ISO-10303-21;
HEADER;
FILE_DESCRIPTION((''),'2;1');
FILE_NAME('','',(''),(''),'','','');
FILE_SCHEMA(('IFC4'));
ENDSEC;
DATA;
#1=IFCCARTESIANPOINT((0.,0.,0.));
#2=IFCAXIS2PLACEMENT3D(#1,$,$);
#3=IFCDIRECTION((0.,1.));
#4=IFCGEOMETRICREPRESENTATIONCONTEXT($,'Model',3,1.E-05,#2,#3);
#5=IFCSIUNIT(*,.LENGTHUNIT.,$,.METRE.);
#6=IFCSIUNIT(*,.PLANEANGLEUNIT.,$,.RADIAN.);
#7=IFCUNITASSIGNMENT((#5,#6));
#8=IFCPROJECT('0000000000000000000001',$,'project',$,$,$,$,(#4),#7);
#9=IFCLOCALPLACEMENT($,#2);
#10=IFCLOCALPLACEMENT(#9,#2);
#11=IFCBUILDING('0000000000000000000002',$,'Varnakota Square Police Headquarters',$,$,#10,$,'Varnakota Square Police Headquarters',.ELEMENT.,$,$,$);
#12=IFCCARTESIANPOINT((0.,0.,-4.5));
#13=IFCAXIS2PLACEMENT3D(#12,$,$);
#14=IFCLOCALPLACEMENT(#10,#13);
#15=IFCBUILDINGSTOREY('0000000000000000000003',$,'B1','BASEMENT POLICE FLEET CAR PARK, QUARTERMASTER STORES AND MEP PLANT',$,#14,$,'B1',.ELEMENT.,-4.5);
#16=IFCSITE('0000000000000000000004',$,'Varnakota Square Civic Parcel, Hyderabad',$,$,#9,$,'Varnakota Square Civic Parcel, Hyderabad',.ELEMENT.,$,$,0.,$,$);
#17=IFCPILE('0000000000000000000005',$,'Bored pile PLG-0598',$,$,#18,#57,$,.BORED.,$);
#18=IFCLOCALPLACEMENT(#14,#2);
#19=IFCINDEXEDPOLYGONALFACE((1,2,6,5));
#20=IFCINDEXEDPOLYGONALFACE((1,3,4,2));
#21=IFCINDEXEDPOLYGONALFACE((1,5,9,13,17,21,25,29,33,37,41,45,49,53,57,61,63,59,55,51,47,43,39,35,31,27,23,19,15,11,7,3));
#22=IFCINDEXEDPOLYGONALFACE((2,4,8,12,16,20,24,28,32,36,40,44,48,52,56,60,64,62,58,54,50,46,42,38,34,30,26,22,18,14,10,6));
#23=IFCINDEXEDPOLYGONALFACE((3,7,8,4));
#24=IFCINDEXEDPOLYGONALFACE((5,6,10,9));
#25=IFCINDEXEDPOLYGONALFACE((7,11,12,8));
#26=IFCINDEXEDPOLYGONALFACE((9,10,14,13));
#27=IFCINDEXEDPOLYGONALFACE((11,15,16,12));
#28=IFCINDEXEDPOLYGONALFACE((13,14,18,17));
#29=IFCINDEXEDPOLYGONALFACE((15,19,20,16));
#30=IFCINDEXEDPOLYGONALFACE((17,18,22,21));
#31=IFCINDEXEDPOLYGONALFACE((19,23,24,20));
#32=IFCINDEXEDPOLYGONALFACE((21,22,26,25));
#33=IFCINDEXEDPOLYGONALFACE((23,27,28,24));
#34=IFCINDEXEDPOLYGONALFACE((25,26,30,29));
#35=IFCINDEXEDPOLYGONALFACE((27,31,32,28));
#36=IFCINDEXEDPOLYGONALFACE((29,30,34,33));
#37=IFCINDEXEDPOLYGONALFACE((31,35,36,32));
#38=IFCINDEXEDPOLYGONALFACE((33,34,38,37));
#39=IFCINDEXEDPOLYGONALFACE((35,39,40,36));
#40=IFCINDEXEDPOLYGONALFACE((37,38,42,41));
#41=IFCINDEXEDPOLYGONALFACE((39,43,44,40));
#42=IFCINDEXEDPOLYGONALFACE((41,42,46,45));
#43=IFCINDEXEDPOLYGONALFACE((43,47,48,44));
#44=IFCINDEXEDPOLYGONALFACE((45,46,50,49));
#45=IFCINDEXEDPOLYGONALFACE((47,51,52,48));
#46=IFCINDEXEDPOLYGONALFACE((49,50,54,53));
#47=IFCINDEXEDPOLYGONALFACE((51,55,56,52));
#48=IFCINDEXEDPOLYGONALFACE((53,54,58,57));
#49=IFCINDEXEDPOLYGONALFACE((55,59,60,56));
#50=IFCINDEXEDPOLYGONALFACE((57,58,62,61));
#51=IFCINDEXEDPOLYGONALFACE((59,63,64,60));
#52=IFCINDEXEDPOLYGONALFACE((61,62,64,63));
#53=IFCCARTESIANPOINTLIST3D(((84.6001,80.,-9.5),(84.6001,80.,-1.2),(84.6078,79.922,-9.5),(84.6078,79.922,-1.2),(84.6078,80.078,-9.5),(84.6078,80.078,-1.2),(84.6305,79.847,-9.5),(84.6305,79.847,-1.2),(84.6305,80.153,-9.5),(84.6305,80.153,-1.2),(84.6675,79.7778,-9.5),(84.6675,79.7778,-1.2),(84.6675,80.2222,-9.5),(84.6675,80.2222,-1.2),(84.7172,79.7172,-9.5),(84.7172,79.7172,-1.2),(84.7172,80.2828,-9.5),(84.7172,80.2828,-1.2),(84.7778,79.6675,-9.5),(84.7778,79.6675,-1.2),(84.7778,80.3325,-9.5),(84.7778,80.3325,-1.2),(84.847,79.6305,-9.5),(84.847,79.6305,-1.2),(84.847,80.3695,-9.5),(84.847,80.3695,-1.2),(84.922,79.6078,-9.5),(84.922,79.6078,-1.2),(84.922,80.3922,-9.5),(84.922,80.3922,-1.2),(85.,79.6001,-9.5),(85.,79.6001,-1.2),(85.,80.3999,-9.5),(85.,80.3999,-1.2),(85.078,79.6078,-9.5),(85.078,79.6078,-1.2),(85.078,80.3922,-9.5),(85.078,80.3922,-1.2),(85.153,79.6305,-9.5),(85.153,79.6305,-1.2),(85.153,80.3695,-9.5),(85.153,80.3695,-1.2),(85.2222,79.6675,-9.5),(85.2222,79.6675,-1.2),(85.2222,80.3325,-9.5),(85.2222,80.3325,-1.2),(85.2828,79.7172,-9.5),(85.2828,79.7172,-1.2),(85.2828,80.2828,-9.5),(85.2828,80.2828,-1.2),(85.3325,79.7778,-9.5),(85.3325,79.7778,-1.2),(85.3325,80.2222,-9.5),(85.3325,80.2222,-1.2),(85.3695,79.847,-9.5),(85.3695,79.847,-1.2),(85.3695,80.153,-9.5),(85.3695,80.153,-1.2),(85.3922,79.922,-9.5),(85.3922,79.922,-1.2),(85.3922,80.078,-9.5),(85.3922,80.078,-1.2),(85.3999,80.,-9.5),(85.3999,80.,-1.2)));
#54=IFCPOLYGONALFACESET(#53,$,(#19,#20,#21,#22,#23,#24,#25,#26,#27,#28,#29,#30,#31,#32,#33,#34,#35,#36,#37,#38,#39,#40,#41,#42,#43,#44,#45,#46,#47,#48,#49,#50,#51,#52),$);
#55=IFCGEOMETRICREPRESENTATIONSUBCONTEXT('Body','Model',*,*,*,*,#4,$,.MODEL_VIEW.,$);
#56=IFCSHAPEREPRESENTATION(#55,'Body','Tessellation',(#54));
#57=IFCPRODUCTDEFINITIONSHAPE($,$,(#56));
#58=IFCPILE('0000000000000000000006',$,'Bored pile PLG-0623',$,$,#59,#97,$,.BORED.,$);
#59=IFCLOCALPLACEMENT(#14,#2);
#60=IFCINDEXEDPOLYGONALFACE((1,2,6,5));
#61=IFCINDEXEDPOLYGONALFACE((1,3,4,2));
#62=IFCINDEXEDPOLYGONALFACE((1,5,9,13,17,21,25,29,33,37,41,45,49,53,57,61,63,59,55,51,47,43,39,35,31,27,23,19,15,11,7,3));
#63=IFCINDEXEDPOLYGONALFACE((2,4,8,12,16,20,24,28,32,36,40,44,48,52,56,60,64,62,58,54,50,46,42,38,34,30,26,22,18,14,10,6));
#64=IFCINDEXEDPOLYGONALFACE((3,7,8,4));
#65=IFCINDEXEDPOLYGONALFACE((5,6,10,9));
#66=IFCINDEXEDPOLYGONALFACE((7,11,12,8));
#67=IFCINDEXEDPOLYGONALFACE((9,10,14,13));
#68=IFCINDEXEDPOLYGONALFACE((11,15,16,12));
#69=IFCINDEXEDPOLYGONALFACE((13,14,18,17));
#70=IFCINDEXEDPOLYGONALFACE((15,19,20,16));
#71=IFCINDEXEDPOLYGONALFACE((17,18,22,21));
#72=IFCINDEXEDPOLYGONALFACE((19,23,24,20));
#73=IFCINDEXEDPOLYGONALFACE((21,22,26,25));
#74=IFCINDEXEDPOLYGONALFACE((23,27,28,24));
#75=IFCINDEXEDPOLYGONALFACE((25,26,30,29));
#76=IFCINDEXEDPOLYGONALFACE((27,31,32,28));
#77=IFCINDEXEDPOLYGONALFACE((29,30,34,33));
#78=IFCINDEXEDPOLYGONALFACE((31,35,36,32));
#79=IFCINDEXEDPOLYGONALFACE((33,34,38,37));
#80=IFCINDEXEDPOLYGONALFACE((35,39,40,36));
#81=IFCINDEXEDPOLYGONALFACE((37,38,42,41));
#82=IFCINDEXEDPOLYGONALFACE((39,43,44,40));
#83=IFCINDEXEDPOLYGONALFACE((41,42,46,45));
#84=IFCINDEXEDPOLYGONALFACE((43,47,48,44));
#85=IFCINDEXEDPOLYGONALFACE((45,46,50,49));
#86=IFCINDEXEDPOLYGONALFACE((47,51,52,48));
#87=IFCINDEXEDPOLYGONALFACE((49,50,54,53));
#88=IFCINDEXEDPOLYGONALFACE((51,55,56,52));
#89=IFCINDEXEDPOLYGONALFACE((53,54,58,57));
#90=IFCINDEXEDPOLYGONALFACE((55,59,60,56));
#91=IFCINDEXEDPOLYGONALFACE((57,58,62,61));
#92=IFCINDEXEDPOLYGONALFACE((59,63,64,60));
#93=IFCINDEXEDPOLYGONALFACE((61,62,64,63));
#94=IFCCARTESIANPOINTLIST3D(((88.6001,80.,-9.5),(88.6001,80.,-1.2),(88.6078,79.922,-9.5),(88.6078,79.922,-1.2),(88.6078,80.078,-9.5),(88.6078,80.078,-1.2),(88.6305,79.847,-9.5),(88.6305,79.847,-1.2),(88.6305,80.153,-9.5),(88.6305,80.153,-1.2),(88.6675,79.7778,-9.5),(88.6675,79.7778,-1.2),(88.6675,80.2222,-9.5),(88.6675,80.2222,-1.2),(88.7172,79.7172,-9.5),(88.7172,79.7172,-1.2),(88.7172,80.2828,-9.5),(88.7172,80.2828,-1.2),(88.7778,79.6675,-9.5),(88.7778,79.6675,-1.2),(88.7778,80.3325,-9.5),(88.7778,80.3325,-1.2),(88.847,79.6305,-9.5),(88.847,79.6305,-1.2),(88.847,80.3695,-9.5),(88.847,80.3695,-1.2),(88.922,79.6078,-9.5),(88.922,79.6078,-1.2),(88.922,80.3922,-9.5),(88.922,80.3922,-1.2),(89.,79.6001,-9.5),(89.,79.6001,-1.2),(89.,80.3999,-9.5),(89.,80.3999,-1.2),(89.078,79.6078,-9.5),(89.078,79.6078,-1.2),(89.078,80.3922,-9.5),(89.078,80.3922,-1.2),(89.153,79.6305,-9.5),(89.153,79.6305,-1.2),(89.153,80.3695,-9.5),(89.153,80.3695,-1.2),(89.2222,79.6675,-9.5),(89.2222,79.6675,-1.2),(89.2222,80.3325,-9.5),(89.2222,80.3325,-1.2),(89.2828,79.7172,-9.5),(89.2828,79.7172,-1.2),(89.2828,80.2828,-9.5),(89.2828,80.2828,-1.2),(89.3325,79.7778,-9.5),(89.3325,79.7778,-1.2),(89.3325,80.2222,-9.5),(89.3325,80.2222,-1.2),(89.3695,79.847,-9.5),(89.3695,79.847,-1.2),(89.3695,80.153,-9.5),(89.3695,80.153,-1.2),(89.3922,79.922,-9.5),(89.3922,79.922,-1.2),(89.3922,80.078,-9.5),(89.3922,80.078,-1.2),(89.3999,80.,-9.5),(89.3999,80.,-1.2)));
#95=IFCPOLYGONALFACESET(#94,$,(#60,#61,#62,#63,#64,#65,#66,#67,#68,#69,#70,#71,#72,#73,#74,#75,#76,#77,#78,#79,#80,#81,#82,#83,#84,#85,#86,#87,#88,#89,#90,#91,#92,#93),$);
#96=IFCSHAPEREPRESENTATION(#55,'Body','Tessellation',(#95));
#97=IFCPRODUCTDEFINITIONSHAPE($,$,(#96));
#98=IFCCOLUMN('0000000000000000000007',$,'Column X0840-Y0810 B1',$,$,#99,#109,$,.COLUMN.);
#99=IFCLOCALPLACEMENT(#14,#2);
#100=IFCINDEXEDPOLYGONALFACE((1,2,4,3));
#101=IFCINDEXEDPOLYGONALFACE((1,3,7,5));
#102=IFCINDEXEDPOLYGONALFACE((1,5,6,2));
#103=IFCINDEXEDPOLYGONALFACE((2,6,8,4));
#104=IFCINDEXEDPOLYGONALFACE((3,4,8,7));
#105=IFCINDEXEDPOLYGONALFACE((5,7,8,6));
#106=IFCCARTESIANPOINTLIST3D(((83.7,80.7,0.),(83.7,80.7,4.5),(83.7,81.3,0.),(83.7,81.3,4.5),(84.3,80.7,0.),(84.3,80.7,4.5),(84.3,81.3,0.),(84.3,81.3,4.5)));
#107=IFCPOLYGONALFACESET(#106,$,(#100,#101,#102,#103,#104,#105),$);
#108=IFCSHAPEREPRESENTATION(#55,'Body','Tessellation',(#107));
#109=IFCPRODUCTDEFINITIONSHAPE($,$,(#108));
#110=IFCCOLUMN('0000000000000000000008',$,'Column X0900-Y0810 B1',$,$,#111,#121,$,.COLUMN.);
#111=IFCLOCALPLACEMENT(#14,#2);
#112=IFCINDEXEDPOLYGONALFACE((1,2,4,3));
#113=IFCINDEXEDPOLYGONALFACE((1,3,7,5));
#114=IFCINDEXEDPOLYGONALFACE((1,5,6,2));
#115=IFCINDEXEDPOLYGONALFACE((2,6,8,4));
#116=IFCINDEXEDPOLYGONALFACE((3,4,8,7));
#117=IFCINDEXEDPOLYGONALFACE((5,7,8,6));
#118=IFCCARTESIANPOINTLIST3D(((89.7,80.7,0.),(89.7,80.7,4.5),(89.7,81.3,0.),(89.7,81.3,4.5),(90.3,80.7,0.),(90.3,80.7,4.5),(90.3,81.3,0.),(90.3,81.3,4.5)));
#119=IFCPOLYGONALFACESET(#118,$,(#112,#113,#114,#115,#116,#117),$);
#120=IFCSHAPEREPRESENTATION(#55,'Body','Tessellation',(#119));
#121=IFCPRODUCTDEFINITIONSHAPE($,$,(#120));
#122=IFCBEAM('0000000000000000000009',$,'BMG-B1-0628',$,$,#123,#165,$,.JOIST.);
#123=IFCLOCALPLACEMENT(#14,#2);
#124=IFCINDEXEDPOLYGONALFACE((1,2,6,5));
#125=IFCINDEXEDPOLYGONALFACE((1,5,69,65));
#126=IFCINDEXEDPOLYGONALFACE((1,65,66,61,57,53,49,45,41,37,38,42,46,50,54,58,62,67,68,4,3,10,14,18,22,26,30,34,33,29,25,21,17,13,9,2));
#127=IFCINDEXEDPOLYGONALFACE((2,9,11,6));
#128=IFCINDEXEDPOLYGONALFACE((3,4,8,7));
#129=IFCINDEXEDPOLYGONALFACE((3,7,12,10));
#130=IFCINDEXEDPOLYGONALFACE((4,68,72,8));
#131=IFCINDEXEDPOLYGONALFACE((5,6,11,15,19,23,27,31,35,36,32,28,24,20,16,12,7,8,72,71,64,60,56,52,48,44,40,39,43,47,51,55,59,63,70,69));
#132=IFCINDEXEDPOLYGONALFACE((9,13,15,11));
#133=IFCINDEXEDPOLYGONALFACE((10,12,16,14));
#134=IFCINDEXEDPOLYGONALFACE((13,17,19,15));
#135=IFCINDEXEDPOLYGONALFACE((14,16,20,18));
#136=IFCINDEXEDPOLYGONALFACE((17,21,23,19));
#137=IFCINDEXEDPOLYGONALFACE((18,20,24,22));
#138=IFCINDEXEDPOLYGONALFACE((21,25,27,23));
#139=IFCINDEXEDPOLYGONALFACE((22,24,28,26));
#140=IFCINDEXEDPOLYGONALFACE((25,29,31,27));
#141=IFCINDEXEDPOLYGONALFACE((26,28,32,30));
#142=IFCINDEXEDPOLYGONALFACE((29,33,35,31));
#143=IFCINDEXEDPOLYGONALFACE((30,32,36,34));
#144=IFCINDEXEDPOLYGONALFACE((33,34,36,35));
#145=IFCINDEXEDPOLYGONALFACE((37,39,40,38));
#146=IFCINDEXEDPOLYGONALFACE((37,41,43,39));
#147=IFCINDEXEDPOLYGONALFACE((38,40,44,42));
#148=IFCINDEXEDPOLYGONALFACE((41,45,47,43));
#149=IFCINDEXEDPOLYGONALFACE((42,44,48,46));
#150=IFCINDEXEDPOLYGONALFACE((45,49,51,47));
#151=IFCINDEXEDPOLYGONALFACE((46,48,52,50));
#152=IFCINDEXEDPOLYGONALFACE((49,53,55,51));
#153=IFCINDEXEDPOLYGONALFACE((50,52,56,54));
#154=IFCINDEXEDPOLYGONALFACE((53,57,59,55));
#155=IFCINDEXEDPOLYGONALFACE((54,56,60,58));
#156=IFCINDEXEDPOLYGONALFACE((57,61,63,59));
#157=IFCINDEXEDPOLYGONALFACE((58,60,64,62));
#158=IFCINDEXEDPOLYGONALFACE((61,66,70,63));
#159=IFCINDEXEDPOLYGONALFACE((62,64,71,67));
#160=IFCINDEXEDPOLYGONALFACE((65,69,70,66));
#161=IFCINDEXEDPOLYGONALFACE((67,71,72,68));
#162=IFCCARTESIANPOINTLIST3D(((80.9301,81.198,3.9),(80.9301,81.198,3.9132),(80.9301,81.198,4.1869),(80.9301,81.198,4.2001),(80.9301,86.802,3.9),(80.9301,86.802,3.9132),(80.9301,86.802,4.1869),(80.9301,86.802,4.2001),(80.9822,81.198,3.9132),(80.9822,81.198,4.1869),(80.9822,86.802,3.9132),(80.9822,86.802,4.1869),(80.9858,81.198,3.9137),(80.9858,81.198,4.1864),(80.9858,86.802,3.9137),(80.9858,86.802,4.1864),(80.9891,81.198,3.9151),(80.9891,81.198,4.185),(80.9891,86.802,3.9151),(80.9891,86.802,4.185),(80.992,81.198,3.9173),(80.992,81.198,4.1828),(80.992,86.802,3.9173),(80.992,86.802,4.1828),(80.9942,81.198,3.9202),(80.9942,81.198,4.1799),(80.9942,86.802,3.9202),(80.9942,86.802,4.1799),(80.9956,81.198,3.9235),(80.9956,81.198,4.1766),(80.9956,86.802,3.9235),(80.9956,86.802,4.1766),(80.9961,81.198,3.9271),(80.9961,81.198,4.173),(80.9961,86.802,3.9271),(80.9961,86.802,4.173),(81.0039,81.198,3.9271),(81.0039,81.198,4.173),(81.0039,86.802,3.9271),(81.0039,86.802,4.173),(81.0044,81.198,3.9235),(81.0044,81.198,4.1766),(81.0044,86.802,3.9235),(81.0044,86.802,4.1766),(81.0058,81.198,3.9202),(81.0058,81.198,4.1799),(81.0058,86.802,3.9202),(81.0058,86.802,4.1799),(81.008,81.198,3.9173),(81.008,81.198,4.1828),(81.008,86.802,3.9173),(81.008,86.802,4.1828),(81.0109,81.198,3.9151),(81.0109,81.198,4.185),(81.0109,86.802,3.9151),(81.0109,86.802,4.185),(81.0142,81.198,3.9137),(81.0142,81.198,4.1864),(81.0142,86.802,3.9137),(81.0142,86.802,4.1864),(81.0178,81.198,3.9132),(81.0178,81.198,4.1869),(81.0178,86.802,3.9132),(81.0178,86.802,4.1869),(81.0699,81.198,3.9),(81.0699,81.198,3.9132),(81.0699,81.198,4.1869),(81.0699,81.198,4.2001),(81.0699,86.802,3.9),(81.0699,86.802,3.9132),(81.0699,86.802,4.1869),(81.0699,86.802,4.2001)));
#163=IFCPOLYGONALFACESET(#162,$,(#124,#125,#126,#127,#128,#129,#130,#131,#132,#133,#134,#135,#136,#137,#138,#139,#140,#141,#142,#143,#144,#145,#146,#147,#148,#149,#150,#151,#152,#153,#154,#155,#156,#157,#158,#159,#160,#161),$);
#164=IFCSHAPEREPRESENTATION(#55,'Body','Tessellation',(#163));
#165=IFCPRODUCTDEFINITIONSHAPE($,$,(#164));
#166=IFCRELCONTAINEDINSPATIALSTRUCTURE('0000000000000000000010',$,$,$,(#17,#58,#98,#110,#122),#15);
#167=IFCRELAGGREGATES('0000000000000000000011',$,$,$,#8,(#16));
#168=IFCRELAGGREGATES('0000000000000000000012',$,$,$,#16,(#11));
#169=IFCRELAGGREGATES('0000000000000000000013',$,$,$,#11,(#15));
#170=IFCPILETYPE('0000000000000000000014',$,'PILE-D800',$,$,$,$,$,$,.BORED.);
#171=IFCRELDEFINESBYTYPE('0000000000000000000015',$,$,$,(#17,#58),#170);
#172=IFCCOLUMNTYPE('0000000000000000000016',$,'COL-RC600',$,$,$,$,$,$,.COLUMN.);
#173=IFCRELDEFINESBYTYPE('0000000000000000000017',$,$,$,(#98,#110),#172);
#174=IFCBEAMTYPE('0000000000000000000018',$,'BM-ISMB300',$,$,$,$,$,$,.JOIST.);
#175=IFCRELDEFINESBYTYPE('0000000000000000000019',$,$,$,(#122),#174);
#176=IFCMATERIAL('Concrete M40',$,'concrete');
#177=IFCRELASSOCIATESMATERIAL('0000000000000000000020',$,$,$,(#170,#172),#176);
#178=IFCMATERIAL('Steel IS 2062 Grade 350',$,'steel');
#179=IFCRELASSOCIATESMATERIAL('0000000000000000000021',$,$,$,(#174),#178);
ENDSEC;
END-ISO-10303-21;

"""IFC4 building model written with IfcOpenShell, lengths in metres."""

from ifc_helpers import new_model, si_unit, direction, frame, origin, origin_2d, place, context, subcontext, project, spatial, rectangle, circle, i_section, extrude, material, material_profile, profile_set, type_object, element, save


model = new_model("IFC4")

# Units and contexts
model_context = context("Model", 3, precision=1e-05, world=origin(), true_north=direction((0.0, 1.0)))
body_context = subcontext(model_context, "Body", "Model", "MODEL_VIEW")
ifc_project = project(units=[si_unit("LENGTHUNIT", "METRE"), si_unit("PLANEANGLEUNIT", "RADIAN")], contexts=[model_context])

# Site, building, storey
site_placement = place(None, origin())
site = spatial("IfcSite", under=ifc_project, at=site_placement, Name="Varnakota Square Civic Parcel, Hyderabad", LongName="Varnakota Square Civic Parcel, Hyderabad", CompositionType="ELEMENT", RefElevation=0.0)
building_placement = place(site_placement, origin())
building = spatial("IfcBuilding", under=site, at=building_placement, Name="Varnakota Square Police Headquarters", LongName="Varnakota Square Police Headquarters", CompositionType="ELEMENT")
storey_placement = place(building_placement, frame((0.0, 0.0, -4.5)))
storey = spatial("IfcBuildingStorey", under=building, at=storey_placement, Name="B1", Description="BASEMENT POLICE FLEET CAR PARK, QUARTERMASTER STORES AND MEP PLANT", LongName="B1", CompositionType="ELEMENT", Elevation=-4.5)

# Shared definitions
ifc_material_1 = material(Name="Concrete M40", Category="concrete")

# Piles
ifc_material_profile_1 = material_profile(ifc_material_1, circle(Radius=0.3999, at=origin_2d()), Name="BORED PILE 800")
ifc_profile_set_1 = profile_set([ifc_material_profile_1], Name="Concrete M40")
pile_type_1 = type_object("IfcPileType", Name="PILE-D800", PredefinedType="BORED", material=ifc_profile_set_1)
for number, where, z_axis, x_axis, name in (
    (1, (85.0, 80.0, -1.2), (0.0, 0.0, -1.0), (1.0, 0.0, 0.0), "Bored pile PLG-0598"),
    (2, (89.0, 80.0, -1.2), (0.0, 0.0, -1.0), (1.0, 0.0, 0.0), "Bored pile PLG-0623"),
):
    element("IfcPile", number, at=place(storey_placement, frame(where, z_axis=z_axis, x_axis=x_axis)), inside=storey, type_object=pile_type_1, Name=name, PredefinedType="BORED", context=body_context, shape_type="SweptSolid", body=[
        extrude(circle(Radius=0.3999, at=origin_2d()), origin(), (0.0, 0.0, 1.0), 8.3),
    ])

# Columns
ifc_material_profile_2 = material_profile(ifc_material_1, rectangle(XDim=0.6001, YDim=0.6001, at=origin_2d()), Name="RC 600x600")
ifc_profile_set_2 = profile_set([ifc_material_profile_2], Name="Concrete M40")
column_type = type_object("IfcColumnType", Name="COL-RC600", PredefinedType="COLUMN", material=ifc_profile_set_2)
for number, where, z_axis, x_axis, name in (
    (3, (84.0, 81.0, 0.0), (0.0, 0.0, 1.0), (1.0, 0.0, 0.0), "Column X0840-Y0810 B1"),
    (4, (90.0, 81.0, 0.0), (0.0, 0.0, 1.0), (1.0, 0.0, 0.0), "Column X0900-Y0810 B1"),
):
    element("IfcColumn", number, at=place(storey_placement, frame(where, z_axis=z_axis, x_axis=x_axis)), inside=storey, type_object=column_type, Name=name, PredefinedType="COLUMN", context=body_context, shape_type="SweptSolid", body=[
        extrude(rectangle(XDim=0.6001, YDim=0.6001, at=origin_2d()), origin(), (0.0, 0.0, 1.0), 4.5),
    ])

# Beam
ifc_material_2 = material(Name="Steel IS 2062 Grade 350", Category="steel")
ifc_material_profile_3 = material_profile(ifc_material_2, i_section(OverallWidth=0.1399, OverallDepth=0.3, WebThickness=0.0078, FlangeThickness=0.0132, FilletRadius=0.0139, at=origin_2d()), Name="ISMB 300")
ifc_profile_set_3 = profile_set([ifc_material_profile_3], Name="Steel IS 2062 Grade 350")
beam_type_1 = type_object("IfcBeamType", Name="BM-ISMB300", PredefinedType="JOIST", material=ifc_profile_set_3)
beam_1_placement = place(storey_placement, frame((81.0, 81.198, 4.05), z_axis=(0.0, 1.0, 0.0), x_axis=(-1.0, 0.0, 0.0)))
element("IfcBeam", 5, at=beam_1_placement, inside=storey, type_object=beam_type_1, Name="BMG-B1-0628", PredefinedType="JOIST", context=body_context, shape_type="SweptSolid", body=[
    extrude(i_section(OverallWidth=0.1399, OverallDepth=0.3, WebThickness=0.0078, FlangeThickness=0.0132, FilletRadius=0.0139, at=origin_2d()), origin(), (0.0, 0.0, 1.0), 5.604),
])

save(model, "model.ifc")
